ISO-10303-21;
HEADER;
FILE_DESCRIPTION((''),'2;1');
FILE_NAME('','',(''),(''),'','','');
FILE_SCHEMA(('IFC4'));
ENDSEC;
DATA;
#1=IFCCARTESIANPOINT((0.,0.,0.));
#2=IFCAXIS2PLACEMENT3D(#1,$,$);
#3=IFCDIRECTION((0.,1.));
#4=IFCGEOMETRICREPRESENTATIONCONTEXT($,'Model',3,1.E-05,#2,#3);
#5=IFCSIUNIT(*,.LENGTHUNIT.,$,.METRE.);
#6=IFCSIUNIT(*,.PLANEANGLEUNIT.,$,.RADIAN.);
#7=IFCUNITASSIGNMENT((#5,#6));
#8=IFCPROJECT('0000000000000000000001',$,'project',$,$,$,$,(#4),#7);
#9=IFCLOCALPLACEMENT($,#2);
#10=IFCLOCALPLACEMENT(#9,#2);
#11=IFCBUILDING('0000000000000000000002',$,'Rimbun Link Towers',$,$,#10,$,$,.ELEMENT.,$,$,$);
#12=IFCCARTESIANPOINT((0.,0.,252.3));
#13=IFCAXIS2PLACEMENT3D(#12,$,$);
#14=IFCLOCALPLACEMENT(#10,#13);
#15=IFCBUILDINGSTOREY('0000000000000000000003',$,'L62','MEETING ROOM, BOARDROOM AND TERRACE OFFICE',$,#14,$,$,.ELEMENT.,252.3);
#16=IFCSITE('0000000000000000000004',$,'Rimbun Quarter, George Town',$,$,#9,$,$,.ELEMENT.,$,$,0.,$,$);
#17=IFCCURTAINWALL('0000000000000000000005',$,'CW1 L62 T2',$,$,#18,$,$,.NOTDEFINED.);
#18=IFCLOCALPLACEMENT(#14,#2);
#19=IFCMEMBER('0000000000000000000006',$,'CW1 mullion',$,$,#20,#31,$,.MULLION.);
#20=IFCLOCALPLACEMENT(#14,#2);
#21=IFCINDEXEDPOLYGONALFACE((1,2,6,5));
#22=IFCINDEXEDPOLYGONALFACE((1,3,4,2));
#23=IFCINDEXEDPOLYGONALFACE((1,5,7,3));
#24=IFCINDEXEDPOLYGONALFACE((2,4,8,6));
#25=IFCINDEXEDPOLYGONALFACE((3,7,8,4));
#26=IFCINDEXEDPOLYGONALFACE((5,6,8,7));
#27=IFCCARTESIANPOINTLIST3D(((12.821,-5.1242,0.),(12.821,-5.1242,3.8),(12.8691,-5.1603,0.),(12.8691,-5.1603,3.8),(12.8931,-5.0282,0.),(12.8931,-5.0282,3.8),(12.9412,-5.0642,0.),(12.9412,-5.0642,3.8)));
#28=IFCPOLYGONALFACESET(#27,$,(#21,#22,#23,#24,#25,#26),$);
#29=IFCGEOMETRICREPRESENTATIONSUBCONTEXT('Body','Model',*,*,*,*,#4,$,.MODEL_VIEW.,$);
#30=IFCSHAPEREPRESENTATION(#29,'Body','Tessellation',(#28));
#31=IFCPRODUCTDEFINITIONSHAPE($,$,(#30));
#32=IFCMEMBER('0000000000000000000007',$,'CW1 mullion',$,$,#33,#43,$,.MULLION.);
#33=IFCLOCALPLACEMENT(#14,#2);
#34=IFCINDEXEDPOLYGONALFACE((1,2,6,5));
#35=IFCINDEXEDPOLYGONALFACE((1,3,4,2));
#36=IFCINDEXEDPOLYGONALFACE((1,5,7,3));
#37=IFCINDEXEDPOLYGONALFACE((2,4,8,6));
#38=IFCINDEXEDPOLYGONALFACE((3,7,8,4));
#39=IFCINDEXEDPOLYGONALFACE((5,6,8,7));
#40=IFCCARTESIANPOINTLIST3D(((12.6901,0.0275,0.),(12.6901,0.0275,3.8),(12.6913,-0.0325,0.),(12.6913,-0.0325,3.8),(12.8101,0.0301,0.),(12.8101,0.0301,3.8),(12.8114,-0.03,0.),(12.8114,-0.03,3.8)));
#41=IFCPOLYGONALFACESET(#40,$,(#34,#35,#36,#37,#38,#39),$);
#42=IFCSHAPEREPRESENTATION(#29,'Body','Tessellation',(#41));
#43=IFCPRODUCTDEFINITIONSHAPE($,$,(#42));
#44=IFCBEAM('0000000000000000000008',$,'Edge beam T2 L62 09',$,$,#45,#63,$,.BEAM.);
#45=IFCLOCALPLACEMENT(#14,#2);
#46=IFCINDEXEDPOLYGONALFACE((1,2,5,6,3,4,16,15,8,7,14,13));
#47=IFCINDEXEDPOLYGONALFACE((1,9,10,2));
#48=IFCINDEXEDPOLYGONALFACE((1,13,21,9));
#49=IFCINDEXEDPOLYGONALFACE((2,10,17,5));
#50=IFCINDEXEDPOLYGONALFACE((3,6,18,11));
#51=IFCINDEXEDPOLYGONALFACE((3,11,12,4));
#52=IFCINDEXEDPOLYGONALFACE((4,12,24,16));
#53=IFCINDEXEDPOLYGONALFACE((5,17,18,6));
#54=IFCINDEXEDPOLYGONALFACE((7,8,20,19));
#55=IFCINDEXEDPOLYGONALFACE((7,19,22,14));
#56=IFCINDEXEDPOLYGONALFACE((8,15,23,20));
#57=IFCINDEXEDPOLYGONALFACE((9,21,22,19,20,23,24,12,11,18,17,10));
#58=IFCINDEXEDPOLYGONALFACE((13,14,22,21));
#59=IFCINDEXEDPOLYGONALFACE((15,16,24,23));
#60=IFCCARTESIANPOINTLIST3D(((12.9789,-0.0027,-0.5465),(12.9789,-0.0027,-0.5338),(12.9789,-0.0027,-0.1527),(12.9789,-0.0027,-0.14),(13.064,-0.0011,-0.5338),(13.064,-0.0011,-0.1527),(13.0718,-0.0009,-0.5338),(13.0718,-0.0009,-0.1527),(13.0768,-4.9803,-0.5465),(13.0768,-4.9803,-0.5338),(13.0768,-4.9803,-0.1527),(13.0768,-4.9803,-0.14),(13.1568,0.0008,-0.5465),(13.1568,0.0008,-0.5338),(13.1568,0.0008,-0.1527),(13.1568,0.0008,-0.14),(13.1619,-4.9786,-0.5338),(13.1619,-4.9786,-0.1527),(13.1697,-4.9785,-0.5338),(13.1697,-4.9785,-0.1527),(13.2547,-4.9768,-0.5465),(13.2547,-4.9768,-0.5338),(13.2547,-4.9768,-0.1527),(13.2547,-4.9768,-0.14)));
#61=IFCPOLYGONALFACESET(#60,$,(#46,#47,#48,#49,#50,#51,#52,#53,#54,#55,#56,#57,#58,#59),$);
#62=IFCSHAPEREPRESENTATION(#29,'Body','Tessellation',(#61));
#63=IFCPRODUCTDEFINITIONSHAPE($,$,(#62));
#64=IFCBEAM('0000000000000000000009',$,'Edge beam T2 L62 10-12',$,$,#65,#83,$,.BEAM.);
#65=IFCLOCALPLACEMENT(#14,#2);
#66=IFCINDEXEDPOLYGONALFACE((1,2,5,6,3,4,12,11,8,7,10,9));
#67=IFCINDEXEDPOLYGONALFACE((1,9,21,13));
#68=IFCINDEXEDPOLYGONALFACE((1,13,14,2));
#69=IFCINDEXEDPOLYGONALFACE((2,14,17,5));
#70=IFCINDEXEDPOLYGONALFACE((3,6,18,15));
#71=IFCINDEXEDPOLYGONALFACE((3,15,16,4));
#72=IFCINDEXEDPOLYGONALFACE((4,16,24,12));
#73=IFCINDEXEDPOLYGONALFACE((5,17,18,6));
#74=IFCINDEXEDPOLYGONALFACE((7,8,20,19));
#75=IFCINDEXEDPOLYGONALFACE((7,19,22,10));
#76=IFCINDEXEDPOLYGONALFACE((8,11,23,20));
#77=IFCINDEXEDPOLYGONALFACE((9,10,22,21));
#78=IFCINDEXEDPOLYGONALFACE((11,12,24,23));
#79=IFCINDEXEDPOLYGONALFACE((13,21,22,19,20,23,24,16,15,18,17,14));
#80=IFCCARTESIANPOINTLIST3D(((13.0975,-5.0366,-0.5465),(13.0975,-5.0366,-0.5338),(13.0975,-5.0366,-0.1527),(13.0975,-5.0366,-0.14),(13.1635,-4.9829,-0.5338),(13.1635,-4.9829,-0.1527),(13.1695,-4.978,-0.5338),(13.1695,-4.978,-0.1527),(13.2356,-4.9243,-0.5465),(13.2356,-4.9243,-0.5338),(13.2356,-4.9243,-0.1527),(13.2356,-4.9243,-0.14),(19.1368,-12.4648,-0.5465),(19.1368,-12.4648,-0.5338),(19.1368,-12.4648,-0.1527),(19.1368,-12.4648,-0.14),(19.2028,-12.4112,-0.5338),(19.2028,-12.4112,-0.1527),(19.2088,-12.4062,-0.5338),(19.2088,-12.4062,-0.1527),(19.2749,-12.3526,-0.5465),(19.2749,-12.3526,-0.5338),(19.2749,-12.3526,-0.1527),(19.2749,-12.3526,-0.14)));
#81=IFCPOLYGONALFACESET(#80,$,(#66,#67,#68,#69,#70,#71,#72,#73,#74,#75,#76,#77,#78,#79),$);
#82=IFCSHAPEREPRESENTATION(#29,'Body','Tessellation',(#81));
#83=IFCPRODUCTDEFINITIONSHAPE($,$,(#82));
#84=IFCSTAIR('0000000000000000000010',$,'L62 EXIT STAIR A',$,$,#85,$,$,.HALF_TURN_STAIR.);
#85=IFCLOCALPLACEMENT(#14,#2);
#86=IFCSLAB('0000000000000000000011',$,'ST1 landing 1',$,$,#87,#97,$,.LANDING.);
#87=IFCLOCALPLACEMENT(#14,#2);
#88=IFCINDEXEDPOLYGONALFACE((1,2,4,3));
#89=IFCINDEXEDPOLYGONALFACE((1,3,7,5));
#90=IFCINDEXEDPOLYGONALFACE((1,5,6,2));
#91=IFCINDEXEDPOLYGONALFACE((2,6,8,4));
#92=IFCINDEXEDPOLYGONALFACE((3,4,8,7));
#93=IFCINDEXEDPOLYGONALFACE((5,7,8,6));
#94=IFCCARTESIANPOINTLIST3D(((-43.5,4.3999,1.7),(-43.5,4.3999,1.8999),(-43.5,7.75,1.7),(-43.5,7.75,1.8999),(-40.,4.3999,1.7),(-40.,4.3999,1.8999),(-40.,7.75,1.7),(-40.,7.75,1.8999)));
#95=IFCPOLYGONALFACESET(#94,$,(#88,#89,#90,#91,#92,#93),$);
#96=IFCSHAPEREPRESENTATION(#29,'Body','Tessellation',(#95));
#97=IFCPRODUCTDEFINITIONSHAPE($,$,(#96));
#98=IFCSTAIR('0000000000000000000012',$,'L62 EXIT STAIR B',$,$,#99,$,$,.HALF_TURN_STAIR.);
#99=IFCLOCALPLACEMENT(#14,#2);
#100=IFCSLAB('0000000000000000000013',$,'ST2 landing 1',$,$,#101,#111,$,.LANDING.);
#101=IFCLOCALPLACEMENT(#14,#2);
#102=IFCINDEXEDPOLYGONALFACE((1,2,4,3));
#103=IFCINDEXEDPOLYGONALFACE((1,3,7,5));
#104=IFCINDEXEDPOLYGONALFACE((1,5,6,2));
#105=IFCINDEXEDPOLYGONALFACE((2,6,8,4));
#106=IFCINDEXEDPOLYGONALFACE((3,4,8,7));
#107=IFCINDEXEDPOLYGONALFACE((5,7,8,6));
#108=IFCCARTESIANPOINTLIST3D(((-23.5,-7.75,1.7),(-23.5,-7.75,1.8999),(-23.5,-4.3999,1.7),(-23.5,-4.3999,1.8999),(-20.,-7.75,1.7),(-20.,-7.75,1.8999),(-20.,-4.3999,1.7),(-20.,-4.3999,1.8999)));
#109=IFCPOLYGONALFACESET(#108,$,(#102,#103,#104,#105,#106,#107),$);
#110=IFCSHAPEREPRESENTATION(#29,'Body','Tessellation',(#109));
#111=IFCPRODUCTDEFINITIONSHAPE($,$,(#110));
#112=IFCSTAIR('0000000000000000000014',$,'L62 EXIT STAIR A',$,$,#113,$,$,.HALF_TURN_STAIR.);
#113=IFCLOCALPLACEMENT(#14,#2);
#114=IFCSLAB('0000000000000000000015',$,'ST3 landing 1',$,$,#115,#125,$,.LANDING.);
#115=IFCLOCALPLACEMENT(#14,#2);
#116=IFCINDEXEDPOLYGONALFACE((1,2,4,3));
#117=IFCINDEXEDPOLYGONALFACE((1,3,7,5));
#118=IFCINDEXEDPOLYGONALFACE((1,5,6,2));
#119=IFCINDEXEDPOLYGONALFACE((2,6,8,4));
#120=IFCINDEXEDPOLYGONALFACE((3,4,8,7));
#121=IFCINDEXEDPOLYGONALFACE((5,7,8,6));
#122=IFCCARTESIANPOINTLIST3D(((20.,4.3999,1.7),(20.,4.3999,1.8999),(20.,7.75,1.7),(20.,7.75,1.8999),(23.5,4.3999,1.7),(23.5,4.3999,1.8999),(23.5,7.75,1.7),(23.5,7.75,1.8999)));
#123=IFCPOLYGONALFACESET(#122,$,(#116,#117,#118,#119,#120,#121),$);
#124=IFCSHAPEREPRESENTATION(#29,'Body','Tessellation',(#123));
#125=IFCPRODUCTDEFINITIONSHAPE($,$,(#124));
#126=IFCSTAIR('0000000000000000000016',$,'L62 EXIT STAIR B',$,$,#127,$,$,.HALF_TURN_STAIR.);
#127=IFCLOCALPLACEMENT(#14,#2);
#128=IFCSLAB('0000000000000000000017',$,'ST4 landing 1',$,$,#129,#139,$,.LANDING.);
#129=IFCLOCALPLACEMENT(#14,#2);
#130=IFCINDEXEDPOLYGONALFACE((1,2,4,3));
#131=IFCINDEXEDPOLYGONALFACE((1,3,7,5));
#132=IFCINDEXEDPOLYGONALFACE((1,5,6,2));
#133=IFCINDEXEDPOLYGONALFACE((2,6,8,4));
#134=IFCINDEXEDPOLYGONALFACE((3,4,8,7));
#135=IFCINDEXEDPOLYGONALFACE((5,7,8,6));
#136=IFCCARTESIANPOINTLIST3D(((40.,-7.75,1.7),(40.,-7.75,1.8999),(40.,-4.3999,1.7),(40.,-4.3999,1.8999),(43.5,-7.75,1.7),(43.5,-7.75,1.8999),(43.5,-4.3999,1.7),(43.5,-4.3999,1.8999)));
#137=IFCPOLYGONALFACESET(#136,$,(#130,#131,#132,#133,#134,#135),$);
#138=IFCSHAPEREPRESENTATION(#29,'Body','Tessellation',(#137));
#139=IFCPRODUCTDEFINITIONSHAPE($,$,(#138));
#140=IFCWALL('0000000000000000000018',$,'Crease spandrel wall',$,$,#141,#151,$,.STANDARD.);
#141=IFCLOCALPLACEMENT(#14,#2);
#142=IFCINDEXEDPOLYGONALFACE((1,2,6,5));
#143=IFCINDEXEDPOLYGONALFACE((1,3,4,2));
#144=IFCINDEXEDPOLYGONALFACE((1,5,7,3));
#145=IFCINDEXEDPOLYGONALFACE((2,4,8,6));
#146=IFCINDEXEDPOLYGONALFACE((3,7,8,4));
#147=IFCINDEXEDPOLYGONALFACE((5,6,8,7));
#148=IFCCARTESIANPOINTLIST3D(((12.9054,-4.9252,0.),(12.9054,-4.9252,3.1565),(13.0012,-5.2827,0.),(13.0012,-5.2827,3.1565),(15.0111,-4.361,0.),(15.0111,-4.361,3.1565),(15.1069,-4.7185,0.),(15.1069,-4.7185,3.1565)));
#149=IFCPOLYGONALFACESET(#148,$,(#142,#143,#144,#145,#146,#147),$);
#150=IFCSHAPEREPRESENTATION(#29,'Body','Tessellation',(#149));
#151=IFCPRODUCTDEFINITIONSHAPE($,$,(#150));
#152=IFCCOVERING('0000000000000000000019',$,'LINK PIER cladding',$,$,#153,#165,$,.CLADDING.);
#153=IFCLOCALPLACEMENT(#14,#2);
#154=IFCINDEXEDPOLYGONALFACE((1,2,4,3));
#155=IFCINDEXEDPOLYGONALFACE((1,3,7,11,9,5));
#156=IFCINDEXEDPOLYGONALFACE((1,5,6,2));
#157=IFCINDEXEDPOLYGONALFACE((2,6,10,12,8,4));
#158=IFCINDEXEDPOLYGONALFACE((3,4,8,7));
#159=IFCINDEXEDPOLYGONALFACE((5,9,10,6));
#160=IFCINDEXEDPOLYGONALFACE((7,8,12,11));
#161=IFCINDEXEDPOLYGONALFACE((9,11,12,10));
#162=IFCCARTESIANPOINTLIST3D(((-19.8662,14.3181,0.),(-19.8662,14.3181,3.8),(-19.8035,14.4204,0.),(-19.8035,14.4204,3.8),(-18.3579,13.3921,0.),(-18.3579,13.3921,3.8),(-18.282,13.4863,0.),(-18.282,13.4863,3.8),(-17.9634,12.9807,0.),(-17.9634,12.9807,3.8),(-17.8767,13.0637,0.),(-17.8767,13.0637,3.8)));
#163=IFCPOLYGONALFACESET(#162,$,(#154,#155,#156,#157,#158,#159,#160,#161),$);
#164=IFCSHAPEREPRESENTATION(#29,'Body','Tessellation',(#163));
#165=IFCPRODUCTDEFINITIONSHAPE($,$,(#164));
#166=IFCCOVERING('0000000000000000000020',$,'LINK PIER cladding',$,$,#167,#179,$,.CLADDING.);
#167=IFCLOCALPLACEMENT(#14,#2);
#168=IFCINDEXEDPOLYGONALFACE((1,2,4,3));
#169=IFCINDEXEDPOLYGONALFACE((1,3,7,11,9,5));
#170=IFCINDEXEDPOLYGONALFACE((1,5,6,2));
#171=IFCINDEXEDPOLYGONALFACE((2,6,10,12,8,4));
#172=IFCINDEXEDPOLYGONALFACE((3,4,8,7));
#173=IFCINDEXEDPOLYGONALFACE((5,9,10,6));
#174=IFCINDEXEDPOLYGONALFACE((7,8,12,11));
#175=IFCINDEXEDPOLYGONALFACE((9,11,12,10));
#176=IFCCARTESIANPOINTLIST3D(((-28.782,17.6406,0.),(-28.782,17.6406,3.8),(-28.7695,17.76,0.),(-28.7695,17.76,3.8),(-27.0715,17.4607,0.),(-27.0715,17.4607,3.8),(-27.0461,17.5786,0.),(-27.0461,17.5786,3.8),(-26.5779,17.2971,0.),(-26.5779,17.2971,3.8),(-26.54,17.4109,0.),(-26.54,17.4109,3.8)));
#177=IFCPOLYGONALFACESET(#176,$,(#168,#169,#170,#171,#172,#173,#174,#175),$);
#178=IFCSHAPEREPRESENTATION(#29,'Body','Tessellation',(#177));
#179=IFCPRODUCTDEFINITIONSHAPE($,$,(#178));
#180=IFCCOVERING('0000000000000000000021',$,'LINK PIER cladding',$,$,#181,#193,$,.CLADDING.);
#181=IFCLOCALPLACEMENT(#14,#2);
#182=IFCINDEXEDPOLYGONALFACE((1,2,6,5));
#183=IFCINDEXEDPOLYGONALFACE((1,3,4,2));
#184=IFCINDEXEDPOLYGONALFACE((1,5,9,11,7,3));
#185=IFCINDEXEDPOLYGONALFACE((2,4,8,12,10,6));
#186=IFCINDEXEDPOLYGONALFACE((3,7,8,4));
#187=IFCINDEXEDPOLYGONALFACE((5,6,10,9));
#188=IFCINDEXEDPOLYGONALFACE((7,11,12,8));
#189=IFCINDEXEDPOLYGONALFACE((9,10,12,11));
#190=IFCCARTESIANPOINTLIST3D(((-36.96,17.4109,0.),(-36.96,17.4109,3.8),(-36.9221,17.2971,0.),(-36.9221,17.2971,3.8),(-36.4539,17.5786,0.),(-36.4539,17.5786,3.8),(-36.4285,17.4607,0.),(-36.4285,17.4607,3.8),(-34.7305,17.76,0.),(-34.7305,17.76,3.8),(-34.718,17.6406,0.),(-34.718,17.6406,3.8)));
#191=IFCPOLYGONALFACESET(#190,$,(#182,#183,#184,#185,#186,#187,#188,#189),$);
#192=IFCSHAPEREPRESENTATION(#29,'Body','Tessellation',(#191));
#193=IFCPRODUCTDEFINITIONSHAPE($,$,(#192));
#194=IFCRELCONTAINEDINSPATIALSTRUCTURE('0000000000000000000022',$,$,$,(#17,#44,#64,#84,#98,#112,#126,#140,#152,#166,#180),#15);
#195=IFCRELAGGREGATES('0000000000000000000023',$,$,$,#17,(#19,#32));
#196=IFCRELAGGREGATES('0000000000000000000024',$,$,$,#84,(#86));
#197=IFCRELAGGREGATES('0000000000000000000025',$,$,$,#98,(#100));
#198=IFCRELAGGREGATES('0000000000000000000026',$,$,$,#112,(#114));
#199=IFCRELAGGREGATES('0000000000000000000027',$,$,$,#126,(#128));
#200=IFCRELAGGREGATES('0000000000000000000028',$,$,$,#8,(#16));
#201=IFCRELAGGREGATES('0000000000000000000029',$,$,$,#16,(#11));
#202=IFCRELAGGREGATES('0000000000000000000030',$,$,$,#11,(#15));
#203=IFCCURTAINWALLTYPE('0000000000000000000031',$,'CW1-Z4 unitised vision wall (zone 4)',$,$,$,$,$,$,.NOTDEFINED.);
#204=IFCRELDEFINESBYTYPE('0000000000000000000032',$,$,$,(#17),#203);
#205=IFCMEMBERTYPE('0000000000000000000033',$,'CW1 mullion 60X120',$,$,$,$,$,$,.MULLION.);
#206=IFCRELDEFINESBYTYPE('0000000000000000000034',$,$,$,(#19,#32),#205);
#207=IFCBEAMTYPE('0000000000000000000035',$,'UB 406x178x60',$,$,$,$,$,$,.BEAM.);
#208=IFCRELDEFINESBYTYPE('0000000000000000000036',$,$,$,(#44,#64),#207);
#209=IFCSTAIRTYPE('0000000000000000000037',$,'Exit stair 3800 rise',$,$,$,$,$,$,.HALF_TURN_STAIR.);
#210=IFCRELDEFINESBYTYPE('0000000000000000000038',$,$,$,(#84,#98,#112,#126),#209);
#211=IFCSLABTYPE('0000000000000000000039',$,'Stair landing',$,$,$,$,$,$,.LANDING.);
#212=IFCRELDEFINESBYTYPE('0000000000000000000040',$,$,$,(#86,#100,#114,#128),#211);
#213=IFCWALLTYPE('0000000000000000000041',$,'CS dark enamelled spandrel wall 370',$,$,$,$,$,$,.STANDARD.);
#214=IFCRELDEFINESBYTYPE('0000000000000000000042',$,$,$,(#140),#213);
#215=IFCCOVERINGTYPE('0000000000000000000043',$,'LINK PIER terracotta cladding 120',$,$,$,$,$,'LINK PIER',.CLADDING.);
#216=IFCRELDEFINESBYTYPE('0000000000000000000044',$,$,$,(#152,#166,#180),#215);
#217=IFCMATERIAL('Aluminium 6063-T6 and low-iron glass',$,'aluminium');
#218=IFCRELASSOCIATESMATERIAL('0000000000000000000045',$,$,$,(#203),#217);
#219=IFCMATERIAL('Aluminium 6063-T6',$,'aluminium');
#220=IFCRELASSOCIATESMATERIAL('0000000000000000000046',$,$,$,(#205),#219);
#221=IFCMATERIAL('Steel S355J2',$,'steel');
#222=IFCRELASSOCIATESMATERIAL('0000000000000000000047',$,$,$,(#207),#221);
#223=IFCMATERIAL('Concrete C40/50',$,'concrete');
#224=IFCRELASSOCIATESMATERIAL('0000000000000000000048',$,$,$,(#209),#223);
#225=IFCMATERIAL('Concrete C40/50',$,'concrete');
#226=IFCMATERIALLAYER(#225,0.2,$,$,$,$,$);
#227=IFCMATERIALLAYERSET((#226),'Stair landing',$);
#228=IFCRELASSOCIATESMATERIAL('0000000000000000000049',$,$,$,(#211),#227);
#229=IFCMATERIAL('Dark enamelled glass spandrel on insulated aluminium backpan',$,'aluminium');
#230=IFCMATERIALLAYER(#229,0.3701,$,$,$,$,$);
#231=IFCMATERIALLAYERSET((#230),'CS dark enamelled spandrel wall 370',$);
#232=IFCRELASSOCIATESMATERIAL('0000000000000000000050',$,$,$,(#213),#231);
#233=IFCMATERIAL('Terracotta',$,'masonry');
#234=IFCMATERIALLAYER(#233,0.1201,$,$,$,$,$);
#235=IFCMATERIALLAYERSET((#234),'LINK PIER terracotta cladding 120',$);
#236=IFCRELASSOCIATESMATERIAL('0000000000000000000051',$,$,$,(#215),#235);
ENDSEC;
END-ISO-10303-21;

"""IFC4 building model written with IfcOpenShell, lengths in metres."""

from ifc_helpers import new_model, si_unit, direction, frame, frame_2d, origin, origin_2d, place, context, subcontext, project, spatial, polyline, rectangle, i_section, outline, extrude, material, layer, layer_set, material_profile, profile_set, type_object, element, aggregate, save


model = new_model("IFC4")

# Units and contexts
model_context = context("Model", 3, precision=1e-05, world=origin(), true_north=direction((0.0, 1.0)))
body_context = subcontext(model_context, "Body", "Model", "MODEL_VIEW")
ifc_project = project(units=[si_unit("LENGTHUNIT", "METRE"), si_unit("PLANEANGLEUNIT", "RADIAN")], contexts=[model_context])

# Site, building, storey
site_placement = place(None, origin())
site = spatial("IfcSite", under=ifc_project, at=site_placement, Name="Rimbun Quarter, George Town", CompositionType="ELEMENT", RefElevation=0.0)
building_placement = place(site_placement, origin())
building = spatial("IfcBuilding", under=site, at=building_placement, Name="Rimbun Link Towers", CompositionType="ELEMENT")
storey_placement = place(building_placement, frame((0.0, 0.0, 252.3)))
storey = spatial("IfcBuildingStorey", under=building, at=storey_placement, Name="L62", Description="MEETING ROOM, BOARDROOM AND TERRACE OFFICE", CompositionType="ELEMENT", Elevation=252.3)

# Curtain wall, members
ifc_material_1 = material(Name="Aluminium 6063-T6 and low-iron glass", Category="aluminium")
curtain_wall_type = type_object("IfcCurtainWallType", Name="CW1-Z4 unitised vision wall (zone 4)", PredefinedType="NOTDEFINED", material=ifc_material_1)
curtain_wall_placement = place(storey_placement, origin())
curtain_wall = element("IfcCurtainWall", 1, at=curtain_wall_placement, inside=storey, type_object=curtain_wall_type, Name="CW1 L62 T2", PredefinedType="NOTDEFINED")
ifc_material_2 = material(Name="Aluminium 6063-T6", Category="aluminium")
ifc_material_profile_1 = material_profile(ifc_material_2, rectangle(XDim=0.1201, YDim=0.0601, at=origin_2d()), Name="MULLION 60X120")
ifc_profile_set_1 = profile_set([ifc_material_profile_1], Name="Aluminium 6063-T6")
member_type_1 = type_object("IfcMemberType", Name="CW1 mullion 60X120", PredefinedType="MULLION", material=ifc_profile_set_1)
member_1_placement = place(storey_placement, frame((12.8811, -5.0942, 0.0), z_axis=(0.0, 0.0, 1.0), x_axis=(-0.600372, -0.799721, 0.0)))
member_1 = element("IfcMember", 2, at=member_1_placement, type_object=member_type_1, Name="CW1 mullion", PredefinedType="MULLION", context=body_context, shape_type="SweptSolid", body=[
    extrude(rectangle(XDim=0.1201, YDim=0.0601, at=origin_2d()), origin(), (0.0, 0.0, 1.0), 3.8),
])
member_2_placement = place(storey_placement, frame((12.7507, -0.0012, 0.0), z_axis=(0.0, 0.0, 1.0), x_axis=(-0.999778, -0.02106, 0.0)))
member_2 = element("IfcMember", 3, at=member_2_placement, type_object=member_type_1, Name="CW1 mullion", PredefinedType="MULLION", context=body_context, shape_type="SweptSolid", body=[
    extrude(rectangle(XDim=0.1201, YDim=0.0601, at=origin_2d()), origin(), (0.0, 0.0, 1.0), 3.8),
])
aggregate(curtain_wall, [member_1, member_2])

# Beams
ifc_material_3 = material(Name="Steel S355J2", Category="steel")
ifc_material_profile_2 = material_profile(ifc_material_3, i_section(OverallWidth=0.178, OverallDepth=0.4065, WebThickness=0.0078, FlangeThickness=0.0127, at=origin_2d()), Name="UB 406x178x60")
ifc_profile_set_2 = profile_set([ifc_material_profile_2], Name="Steel S355J2")
beam_type = type_object("IfcBeamType", Name="UB 406x178x60", PredefinedType="BEAM", material=ifc_profile_set_2)
beam_1_placement = place(storey_placement, frame((13.0679, -0.001, -0.3433), z_axis=(0.019665, -0.999807, 0.0), x_axis=(0.999807, 0.019665, 0.0)))
element("IfcBeam", 4, at=beam_1_placement, inside=storey, type_object=beam_type, Name="Edge beam T2 L62 09", PredefinedType="BEAM", context=body_context, shape_type="SweptSolid", body=[
    extrude(i_section(OverallWidth=0.178, OverallDepth=0.4065, WebThickness=0.0078, FlangeThickness=0.0127, at=origin_2d()), origin(), (0.0, 0.0, 1.0), 4.9785),
])
beam_2_placement = place(storey_placement, frame((13.1665, -4.9805, -0.3433), z_axis=(0.630836, -0.775916, 0.0), x_axis=(0.775916, 0.630836, 0.0)))
element("IfcBeam", 5, at=beam_2_placement, inside=storey, type_object=beam_type, Name="Edge beam T2 L62 10-12", PredefinedType="BEAM", context=body_context, shape_type="SweptSolid", body=[
    extrude(i_section(OverallWidth=0.178, OverallDepth=0.4065, WebThickness=0.0078, FlangeThickness=0.0127, at=origin_2d()), origin(), (0.0, 0.0, 1.0), 9.5735),
])

# Stairs, slabs
ifc_material_4 = material(Name="Concrete C40/50", Category="concrete")
stair_type = type_object("IfcStairType", Name="Exit stair 3800 rise", PredefinedType="HALF_TURN_STAIR", material=ifc_material_4)
stair_1_placement = place(storey_placement, origin())
stair_1 = element("IfcStair", 6, at=stair_1_placement, inside=storey, type_object=stair_type, Name="L62 EXIT STAIR A", PredefinedType="HALF_TURN_STAIR")
ifc_material_5 = material(Name="Concrete C40/50", Category="concrete")
ifc_layer_1 = layer(ifc_material_5, 0.2)
ifc_layer_set_1 = layer_set([ifc_layer_1], Name="Stair landing")
slab_type = type_object("IfcSlabType", Name="Stair landing", PredefinedType="LANDING", material=ifc_layer_set_1)
slab_1_placement = place(storey_placement, frame((0.0, 0.0, 1.7)))
slab_1 = element("IfcSlab", 7, at=slab_1_placement, type_object=slab_type, Name="ST1 landing 1", PredefinedType="LANDING", context=body_context, shape_type="SweptSolid", body=[
    extrude(outline(polyline([(-40.0, 7.75), (-43.5, 7.75), (-43.5, 4.3999), (-40.0, 4.3999), (-40.0, 7.75)])), origin(), (0.0, 0.0, 1.0), 0.2),
])
aggregate(stair_1, [slab_1])
stair_2_placement = place(storey_placement, origin())
stair_2 = element("IfcStair", 8, at=stair_2_placement, inside=storey, type_object=stair_type, Name="L62 EXIT STAIR B", PredefinedType="HALF_TURN_STAIR")
slab_2_placement = place(storey_placement, frame((0.0, 0.0, 1.7)))
slab_2 = element("IfcSlab", 9, at=slab_2_placement, type_object=slab_type, Name="ST2 landing 1", PredefinedType="LANDING", context=body_context, shape_type="SweptSolid", body=[
    extrude(outline(polyline([(-23.5, -7.75), (-20.0, -7.75), (-20.0, -4.3999), (-23.5, -4.3999), (-23.5, -7.75)])), origin(), (0.0, 0.0, 1.0), 0.2),
])
aggregate(stair_2, [slab_2])
stair_3_placement = place(storey_placement, origin())
stair_3 = element("IfcStair", 10, at=stair_3_placement, inside=storey, type_object=stair_type, Name="L62 EXIT STAIR A", PredefinedType="HALF_TURN_STAIR")
slab_3_placement = place(storey_placement, frame((0.0, 0.0, 1.7)))
slab_3 = element("IfcSlab", 11, at=slab_3_placement, type_object=slab_type, Name="ST3 landing 1", PredefinedType="LANDING", context=body_context, shape_type="SweptSolid", body=[
    extrude(outline(polyline([(23.5, 7.75), (20.0, 7.75), (20.0, 4.3999), (23.5, 4.3999), (23.5, 7.75)])), origin(), (0.0, 0.0, 1.0), 0.2),
])
aggregate(stair_3, [slab_3])
stair_4_placement = place(storey_placement, origin())
stair_4 = element("IfcStair", 12, at=stair_4_placement, inside=storey, type_object=stair_type, Name="L62 EXIT STAIR B", PredefinedType="HALF_TURN_STAIR")
slab_4_placement = place(storey_placement, frame((0.0, 0.0, 1.7)))
slab_4 = element("IfcSlab", 13, at=slab_4_placement, type_object=slab_type, Name="ST4 landing 1", PredefinedType="LANDING", context=body_context, shape_type="SweptSolid", body=[
    extrude(outline(polyline([(40.0, -7.75), (43.5, -7.75), (43.5, -4.3999), (40.0, -4.3999), (40.0, -7.75)])), origin(), (0.0, 0.0, 1.0), 0.2),
])
aggregate(stair_4, [slab_4])

# Wall
ifc_material_6 = material(Name="Dark enamelled glass spandrel on insulated aluminium backpan", Category="aluminium")
ifc_layer_2 = layer(ifc_material_6, 0.3701)
ifc_layer_set_2 = layer_set([ifc_layer_2], Name="CS dark enamelled spandrel wall 370")
wall_type = type_object("IfcWallType", Name="CS dark enamelled spandrel wall 370", PredefinedType="STANDARD", material=ifc_layer_set_2)
wall_placement = place(storey_placement, frame((15.0588, -4.5398, 0.0), z_axis=(0.0, 0.0, 1.0), x_axis=(-0.965928, -0.258813, 0.0)))
element("IfcWall", 14, at=wall_placement, inside=storey, type_object=wall_type, Name="Crease spandrel wall", PredefinedType="STANDARD", context=body_context, shape_type="SweptSolid", body=[
    extrude(rectangle(XDim=2.1799, YDim=0.3701, at=frame_2d((1.0898, 0.0))), origin(), (0.0, 0.0, 1.0), 3.1565),
])

# Coverings
ifc_material_7 = material(Name="Terracotta", Category="masonry")
ifc_layer_3 = layer(ifc_material_7, 0.1201)
ifc_layer_set_3 = layer_set([ifc_layer_3], Name="LINK PIER terracotta cladding 120")
covering_type = type_object("IfcCoveringType", Name="LINK PIER terracotta cladding 120", ElementType="LINK PIER", PredefinedType="CLADDING", material=ifc_layer_set_3)
covering_1_placement = place(storey_placement, origin())
element("IfcCovering", 15, at=covering_1_placement, inside=storey, type_object=covering_type, Name="LINK PIER cladding", PredefinedType="CLADDING", context=body_context, shape_type="SweptSolid", body=[
    extrude(outline(polyline([(-19.8662, 14.3181), (-18.3579, 13.3921), (-17.9634, 12.9807), (-17.8767, 13.0637), (-18.282, 13.4863), (-19.8035, 14.4204), (-19.8662, 14.3181)])), origin(), (0.0, 0.0, 1.0), 3.8),
])
covering_2_placement = place(storey_placement, origin())
element("IfcCovering", 16, at=covering_2_placement, inside=storey, type_object=covering_type, Name="LINK PIER cladding", PredefinedType="CLADDING", context=body_context, shape_type="SweptSolid", body=[
    extrude(outline(polyline([(-28.782, 17.6406), (-27.0715, 17.4607), (-26.5779, 17.2971), (-26.54, 17.4109), (-27.0461, 17.5786), (-28.7695, 17.76), (-28.782, 17.6406)])), origin(), (0.0, 0.0, 1.0), 3.8),
])
covering_3_placement = place(storey_placement, origin())
element("IfcCovering", 17, at=covering_3_placement, inside=storey, type_object=covering_type, Name="LINK PIER cladding", PredefinedType="CLADDING", context=body_context, shape_type="SweptSolid", body=[
    extrude(outline(polyline([(-36.9221, 17.2971), (-36.4285, 17.4607), (-34.718, 17.6406), (-34.7305, 17.76), (-36.4539, 17.5786), (-36.96, 17.4109), (-36.9221, 17.2971)])), origin(), (0.0, 0.0, 1.0), 3.8),
])

save(model, "model.ifc")
